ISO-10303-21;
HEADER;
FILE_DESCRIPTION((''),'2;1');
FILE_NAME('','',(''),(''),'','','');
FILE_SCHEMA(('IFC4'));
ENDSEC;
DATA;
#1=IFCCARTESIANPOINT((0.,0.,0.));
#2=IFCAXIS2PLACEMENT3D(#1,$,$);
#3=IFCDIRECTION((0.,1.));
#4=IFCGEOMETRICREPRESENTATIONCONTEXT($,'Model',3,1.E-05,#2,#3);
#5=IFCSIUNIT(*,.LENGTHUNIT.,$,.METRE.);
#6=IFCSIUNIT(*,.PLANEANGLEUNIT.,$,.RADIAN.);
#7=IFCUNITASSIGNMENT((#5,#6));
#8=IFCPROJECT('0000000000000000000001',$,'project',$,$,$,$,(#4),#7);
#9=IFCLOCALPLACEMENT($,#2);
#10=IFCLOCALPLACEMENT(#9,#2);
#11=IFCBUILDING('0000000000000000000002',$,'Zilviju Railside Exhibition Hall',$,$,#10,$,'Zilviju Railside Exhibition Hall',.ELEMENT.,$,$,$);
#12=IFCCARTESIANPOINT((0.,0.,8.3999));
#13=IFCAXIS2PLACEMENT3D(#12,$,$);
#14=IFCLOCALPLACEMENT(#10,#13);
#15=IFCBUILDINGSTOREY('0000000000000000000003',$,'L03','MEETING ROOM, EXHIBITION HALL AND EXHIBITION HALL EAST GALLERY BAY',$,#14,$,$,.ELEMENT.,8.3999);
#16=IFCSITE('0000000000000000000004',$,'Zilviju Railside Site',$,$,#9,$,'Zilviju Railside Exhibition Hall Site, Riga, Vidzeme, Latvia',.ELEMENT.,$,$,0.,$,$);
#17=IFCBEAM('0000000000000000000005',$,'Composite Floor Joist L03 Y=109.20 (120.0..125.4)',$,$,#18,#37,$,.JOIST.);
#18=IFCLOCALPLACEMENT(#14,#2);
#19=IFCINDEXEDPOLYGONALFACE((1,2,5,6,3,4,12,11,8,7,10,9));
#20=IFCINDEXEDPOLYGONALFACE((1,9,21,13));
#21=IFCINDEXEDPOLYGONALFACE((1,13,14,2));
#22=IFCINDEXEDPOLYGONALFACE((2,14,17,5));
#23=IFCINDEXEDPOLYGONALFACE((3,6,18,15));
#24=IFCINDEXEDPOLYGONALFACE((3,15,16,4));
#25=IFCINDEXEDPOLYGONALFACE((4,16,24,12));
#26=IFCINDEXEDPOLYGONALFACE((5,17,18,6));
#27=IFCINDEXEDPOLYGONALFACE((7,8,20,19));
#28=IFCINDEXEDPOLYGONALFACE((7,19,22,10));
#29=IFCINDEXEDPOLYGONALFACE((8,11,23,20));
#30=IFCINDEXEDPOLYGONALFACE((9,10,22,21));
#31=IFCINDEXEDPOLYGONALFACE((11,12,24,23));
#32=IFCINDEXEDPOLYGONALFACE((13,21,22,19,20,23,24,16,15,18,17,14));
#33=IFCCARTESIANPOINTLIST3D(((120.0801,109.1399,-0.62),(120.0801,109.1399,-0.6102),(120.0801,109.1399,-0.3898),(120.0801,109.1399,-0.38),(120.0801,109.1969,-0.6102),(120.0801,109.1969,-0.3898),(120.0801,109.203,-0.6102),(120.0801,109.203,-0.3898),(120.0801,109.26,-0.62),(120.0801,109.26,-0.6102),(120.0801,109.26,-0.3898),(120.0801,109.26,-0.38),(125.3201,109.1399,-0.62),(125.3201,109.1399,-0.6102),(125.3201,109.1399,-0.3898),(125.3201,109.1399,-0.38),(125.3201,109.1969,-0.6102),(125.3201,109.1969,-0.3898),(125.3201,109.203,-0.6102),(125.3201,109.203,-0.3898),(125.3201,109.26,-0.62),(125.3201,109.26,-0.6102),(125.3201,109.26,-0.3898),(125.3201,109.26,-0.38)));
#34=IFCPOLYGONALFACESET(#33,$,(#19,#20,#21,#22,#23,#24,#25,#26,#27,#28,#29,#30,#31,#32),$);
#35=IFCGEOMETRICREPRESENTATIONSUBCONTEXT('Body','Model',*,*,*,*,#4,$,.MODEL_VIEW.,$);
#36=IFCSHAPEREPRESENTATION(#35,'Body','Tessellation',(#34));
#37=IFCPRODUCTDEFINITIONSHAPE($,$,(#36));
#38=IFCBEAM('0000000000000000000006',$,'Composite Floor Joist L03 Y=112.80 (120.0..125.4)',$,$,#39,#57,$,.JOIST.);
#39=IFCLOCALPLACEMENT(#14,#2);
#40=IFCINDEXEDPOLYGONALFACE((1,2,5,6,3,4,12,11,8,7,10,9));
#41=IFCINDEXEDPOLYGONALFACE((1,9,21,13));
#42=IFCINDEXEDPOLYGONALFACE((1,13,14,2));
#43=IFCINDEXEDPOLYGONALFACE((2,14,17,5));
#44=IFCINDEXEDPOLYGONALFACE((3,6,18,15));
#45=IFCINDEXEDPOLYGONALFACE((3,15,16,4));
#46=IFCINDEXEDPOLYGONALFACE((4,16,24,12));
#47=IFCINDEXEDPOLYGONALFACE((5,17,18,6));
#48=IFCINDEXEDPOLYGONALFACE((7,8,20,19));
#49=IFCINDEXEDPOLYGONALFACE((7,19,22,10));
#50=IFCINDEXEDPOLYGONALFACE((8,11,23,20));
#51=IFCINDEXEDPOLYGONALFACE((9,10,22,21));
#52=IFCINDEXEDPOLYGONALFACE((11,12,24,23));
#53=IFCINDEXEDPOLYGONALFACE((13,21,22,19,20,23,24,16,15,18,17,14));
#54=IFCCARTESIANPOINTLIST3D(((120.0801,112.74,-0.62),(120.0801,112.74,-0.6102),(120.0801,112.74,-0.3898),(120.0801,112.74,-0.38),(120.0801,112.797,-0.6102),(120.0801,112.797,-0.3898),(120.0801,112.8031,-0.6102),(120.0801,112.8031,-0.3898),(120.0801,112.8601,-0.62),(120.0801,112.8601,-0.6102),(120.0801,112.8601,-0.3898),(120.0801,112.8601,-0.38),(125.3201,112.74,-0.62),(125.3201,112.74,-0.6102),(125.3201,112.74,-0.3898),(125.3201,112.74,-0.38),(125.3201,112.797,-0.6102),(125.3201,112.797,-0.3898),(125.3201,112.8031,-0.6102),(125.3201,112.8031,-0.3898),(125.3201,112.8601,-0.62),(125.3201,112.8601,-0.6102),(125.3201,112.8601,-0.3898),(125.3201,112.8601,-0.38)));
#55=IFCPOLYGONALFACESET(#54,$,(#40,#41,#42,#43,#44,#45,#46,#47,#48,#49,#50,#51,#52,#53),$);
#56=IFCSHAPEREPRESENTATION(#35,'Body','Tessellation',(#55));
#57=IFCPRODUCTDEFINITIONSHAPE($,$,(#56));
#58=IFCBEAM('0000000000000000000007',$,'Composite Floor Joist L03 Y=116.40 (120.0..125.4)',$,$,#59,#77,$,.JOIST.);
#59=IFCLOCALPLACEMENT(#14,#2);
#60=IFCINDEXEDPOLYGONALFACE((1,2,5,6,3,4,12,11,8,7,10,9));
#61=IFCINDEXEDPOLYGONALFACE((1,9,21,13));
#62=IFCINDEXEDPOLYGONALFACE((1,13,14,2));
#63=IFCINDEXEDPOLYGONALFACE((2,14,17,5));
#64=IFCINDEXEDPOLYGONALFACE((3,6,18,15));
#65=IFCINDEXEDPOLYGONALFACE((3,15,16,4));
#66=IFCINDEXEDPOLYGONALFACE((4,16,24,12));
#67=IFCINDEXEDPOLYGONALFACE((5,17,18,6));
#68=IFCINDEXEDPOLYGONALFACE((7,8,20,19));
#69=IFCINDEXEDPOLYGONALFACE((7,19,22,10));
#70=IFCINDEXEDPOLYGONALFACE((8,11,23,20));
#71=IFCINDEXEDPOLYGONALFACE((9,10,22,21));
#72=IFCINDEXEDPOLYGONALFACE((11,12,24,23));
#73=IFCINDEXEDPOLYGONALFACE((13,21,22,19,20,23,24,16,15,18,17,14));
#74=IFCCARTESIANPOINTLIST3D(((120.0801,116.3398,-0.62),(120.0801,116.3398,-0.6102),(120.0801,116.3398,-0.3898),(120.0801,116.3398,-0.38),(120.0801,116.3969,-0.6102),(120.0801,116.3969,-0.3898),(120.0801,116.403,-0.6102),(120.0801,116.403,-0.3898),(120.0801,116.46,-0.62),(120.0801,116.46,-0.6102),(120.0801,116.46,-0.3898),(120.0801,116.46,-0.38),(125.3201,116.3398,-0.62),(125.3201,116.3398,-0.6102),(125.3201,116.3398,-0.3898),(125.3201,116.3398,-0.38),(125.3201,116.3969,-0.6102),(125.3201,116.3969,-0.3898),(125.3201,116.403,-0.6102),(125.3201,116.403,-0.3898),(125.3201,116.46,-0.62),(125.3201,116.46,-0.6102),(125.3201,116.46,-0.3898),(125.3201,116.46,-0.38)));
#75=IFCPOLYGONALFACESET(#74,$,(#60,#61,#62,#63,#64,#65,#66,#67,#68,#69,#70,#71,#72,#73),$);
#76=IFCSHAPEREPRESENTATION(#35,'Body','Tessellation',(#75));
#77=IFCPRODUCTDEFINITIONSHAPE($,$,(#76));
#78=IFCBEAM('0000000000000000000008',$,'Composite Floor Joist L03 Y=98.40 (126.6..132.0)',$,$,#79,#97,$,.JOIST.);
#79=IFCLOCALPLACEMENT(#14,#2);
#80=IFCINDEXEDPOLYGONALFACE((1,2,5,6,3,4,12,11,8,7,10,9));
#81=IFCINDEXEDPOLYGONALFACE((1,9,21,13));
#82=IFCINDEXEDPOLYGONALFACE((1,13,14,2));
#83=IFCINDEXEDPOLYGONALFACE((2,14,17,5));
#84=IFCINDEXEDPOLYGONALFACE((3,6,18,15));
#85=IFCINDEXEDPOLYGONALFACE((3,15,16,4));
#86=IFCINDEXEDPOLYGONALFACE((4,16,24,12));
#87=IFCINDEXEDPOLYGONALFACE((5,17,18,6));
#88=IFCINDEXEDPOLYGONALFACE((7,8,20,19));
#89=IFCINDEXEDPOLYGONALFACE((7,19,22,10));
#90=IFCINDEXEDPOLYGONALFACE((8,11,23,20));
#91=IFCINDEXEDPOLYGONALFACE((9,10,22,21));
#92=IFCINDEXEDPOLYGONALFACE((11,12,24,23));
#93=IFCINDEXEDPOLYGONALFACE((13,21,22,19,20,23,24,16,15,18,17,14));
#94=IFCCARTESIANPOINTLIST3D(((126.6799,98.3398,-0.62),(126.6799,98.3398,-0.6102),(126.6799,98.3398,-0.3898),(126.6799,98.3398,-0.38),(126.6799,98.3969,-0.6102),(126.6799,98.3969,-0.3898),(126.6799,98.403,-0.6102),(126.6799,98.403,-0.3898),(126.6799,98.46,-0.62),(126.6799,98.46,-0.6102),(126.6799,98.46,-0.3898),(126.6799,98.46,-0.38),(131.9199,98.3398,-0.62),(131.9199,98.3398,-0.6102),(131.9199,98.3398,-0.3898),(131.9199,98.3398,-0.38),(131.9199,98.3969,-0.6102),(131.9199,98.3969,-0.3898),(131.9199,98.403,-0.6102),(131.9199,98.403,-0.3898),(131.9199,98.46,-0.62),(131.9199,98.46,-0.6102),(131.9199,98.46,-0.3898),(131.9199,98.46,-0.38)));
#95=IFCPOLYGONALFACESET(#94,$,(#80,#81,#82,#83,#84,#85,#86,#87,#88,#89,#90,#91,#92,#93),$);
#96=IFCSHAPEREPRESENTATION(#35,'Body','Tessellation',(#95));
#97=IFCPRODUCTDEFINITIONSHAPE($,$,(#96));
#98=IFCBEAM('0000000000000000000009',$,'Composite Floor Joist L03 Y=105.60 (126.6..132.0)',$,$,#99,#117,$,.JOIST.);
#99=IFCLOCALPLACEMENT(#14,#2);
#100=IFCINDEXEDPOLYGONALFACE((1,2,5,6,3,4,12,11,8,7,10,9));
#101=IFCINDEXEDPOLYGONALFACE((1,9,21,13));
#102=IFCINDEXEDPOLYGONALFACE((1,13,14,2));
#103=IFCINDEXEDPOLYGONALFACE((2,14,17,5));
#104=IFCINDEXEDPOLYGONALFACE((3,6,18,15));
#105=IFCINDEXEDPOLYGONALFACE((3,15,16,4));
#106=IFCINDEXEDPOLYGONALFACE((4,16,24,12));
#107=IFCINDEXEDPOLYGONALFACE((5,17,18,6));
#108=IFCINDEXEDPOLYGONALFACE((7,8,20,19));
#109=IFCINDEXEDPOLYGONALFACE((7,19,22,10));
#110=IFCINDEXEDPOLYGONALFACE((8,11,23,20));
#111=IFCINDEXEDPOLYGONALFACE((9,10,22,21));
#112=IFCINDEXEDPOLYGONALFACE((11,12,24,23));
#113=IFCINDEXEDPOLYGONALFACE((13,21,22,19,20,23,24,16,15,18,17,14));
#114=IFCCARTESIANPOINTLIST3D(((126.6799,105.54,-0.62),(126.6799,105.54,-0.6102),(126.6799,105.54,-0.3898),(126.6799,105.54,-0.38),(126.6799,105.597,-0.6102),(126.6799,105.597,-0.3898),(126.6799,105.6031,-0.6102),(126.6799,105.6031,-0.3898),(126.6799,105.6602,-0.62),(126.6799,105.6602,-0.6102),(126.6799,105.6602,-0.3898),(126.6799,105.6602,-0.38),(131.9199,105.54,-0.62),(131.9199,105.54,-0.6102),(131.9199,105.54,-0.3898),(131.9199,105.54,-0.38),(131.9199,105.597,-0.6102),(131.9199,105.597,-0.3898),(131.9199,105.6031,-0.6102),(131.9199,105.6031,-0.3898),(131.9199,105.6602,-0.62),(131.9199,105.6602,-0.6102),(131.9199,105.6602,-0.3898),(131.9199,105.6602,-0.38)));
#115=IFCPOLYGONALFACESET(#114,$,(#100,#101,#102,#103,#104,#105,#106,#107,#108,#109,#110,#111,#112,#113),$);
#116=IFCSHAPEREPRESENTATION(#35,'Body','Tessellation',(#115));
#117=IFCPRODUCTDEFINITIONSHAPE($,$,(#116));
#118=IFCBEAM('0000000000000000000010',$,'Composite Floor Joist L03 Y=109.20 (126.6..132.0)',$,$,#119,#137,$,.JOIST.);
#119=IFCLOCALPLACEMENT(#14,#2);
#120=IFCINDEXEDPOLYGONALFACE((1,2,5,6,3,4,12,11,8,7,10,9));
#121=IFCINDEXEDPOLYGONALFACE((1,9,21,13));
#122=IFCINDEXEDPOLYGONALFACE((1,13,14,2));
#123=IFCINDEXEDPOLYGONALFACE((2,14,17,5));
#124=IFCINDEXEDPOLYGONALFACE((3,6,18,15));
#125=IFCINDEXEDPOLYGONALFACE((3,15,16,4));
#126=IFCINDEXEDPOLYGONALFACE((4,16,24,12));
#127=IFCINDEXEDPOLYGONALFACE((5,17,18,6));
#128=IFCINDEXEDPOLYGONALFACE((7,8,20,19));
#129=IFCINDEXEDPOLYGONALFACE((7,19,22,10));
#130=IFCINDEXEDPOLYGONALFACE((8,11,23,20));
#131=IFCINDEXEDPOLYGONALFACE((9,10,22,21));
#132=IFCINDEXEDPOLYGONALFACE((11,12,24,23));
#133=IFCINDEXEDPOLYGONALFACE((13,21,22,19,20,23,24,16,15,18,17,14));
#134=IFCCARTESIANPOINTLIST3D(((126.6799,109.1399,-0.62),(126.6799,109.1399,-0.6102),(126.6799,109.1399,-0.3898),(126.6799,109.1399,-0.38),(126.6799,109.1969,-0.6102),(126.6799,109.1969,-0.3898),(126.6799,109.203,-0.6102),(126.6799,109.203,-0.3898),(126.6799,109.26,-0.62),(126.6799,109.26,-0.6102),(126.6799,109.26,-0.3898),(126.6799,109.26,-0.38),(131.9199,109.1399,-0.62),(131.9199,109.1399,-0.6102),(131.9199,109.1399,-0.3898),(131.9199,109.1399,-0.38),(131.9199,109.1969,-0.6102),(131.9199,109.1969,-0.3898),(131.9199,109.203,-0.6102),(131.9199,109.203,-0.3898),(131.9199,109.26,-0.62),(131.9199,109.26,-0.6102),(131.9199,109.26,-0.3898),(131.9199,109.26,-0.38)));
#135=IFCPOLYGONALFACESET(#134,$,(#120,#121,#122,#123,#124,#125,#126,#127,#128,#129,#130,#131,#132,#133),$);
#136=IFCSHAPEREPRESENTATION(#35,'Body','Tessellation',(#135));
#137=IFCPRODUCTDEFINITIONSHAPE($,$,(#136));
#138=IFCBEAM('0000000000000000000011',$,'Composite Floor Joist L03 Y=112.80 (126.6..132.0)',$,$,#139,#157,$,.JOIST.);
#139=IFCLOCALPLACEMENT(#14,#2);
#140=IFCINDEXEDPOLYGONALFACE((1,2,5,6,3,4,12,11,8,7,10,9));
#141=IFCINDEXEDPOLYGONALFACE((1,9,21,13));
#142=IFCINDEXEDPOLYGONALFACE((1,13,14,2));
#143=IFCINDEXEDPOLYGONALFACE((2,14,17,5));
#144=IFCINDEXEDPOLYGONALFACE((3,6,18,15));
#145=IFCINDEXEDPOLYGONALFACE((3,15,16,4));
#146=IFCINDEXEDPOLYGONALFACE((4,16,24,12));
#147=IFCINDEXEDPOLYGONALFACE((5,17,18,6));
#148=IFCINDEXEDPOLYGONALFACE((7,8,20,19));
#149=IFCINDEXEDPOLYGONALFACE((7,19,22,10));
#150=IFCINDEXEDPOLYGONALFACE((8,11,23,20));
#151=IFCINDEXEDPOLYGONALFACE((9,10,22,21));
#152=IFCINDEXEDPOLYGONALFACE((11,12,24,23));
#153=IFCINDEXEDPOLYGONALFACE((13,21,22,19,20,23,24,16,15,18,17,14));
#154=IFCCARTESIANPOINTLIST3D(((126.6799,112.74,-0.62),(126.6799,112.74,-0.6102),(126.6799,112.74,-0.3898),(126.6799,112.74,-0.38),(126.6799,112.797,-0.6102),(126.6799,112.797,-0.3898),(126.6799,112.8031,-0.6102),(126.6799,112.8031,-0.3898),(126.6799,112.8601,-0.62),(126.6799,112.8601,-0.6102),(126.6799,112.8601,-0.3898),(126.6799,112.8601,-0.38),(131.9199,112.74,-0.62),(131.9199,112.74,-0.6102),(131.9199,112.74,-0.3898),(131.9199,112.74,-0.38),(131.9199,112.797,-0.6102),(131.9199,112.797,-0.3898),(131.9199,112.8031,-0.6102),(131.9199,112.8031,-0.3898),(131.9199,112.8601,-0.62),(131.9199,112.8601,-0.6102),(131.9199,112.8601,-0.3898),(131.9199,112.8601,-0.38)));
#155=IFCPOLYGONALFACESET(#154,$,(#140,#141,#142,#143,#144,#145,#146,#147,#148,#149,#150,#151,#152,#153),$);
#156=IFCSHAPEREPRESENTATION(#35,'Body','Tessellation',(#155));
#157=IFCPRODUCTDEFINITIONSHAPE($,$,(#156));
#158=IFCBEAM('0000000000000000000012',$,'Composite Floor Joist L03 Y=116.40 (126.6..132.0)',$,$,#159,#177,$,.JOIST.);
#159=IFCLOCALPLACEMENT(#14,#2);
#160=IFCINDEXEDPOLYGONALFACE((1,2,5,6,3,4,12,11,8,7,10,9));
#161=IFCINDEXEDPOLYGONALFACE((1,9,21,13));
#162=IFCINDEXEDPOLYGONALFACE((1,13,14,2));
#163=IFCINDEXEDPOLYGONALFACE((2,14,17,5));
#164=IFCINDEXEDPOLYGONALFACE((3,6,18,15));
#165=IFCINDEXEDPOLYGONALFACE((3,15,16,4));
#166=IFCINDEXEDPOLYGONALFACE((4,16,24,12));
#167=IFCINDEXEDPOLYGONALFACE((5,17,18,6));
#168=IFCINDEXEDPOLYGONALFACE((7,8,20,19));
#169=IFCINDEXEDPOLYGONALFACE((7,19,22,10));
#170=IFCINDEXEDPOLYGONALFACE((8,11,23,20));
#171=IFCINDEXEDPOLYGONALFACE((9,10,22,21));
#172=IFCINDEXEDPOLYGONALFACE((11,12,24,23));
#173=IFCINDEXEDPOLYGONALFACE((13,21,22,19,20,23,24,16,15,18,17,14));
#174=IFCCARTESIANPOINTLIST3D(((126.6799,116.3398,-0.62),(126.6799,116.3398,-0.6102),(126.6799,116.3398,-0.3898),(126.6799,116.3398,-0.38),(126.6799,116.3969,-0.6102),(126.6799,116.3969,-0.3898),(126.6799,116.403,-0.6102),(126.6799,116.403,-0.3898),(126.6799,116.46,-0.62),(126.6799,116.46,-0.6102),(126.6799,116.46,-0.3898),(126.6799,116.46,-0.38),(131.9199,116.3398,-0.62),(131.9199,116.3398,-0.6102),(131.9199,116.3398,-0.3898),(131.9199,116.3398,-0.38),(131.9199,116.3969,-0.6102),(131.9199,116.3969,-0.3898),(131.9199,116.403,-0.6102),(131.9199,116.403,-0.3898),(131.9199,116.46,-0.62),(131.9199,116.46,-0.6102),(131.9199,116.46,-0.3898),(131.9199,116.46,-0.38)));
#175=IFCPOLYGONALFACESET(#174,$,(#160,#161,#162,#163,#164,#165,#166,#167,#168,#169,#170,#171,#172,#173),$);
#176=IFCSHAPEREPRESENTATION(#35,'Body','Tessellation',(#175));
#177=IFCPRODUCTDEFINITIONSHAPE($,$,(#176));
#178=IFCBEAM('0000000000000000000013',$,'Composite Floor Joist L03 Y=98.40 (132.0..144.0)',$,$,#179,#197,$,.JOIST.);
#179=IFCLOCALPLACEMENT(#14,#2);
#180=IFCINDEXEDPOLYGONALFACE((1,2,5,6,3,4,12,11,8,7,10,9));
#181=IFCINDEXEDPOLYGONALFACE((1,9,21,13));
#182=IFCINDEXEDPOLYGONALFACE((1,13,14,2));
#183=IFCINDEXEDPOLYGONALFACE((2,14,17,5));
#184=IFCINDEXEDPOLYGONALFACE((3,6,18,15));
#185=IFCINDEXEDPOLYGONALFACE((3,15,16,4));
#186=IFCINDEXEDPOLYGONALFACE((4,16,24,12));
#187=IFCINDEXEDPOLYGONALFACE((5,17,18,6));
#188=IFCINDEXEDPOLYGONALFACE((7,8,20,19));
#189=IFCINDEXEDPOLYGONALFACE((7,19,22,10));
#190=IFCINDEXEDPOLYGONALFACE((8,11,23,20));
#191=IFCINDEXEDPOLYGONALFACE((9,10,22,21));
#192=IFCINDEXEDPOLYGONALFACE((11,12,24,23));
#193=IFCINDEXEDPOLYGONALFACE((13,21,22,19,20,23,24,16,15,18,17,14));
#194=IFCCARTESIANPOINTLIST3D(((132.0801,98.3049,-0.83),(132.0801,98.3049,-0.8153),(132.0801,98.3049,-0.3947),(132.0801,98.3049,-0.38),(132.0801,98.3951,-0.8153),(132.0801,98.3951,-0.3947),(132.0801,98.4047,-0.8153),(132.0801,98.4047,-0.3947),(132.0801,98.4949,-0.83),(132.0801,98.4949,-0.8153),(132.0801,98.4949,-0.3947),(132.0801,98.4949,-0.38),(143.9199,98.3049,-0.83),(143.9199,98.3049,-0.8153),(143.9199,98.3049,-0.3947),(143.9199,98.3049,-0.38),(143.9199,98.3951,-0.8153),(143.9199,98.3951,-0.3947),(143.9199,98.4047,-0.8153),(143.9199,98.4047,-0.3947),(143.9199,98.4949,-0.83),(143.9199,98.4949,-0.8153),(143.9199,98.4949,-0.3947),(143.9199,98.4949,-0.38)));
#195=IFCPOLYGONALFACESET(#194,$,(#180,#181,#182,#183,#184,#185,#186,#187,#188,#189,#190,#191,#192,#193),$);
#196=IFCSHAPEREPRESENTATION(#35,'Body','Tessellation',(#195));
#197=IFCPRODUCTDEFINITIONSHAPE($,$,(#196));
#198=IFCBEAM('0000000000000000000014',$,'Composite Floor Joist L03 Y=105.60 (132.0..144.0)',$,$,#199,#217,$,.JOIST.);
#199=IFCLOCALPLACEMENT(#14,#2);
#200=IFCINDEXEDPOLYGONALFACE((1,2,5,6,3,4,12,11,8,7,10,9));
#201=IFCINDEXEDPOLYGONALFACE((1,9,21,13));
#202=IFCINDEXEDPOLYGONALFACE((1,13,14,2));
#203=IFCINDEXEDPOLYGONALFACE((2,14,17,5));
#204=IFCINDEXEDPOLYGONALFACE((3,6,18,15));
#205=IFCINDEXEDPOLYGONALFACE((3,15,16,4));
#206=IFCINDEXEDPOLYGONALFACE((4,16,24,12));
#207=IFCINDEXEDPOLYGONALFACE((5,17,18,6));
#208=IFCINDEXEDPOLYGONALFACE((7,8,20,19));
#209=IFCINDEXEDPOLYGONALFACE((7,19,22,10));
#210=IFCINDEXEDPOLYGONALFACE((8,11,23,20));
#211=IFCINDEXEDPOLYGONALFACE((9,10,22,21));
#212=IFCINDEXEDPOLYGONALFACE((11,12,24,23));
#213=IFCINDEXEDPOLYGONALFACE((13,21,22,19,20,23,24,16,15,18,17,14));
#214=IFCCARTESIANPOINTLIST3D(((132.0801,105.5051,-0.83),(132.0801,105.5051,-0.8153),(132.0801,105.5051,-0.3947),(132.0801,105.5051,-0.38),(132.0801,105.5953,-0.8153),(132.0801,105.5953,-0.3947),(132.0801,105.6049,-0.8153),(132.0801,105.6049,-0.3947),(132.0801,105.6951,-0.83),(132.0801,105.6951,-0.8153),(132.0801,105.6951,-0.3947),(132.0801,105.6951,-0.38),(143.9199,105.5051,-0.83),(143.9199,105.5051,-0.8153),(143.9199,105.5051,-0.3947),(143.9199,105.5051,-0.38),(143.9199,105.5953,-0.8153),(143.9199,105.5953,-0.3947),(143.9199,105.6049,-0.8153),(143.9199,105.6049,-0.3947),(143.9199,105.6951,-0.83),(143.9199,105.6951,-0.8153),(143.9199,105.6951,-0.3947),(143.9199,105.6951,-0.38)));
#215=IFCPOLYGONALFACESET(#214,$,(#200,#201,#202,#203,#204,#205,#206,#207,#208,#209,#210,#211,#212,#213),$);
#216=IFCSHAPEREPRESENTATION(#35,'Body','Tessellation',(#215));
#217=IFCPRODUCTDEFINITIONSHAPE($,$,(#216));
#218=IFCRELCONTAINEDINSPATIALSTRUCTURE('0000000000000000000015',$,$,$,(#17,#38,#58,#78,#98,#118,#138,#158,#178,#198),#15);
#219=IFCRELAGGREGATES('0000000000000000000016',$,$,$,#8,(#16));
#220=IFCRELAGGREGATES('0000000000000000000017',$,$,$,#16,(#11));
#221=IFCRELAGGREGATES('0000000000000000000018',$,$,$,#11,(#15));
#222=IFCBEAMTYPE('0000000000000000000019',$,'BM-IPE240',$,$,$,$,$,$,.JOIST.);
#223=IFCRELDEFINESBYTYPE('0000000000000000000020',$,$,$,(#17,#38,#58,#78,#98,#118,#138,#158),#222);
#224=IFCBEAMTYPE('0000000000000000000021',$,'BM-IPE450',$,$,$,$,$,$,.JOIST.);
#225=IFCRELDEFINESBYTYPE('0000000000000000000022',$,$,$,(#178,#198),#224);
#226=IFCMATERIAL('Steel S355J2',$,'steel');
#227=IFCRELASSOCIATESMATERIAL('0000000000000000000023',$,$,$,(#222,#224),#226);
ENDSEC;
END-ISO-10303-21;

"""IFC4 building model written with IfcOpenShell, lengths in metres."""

from ifc_helpers import new_model, si_unit, direction, frame, origin, origin_2d, place, context, subcontext, project, spatial, i_section, extrude, material, material_profile, profile_set, type_object, element, save


model = new_model("IFC4")

# Units and contexts
model_context = context("Model", 3, precision=1e-05, world=origin(), true_north=direction((0.0, 1.0)))
body_context = subcontext(model_context, "Body", "Model", "MODEL_VIEW")
ifc_project = project(units=[si_unit("LENGTHUNIT", "METRE"), si_unit("PLANEANGLEUNIT", "RADIAN")], contexts=[model_context])

# Site, building, storey
site_placement = place(None, origin())
site = spatial("IfcSite", under=ifc_project, at=site_placement, Name="Zilviju Railside Site", LongName="Zilviju Railside Exhibition Hall Site, Riga, Vidzeme, Latvia", CompositionType="ELEMENT", RefElevation=0.0)
building_placement = place(site_placement, origin())
building = spatial("IfcBuilding", under=site, at=building_placement, Name="Zilviju Railside Exhibition Hall", LongName="Zilviju Railside Exhibition Hall", CompositionType="ELEMENT")
storey_placement = place(building_placement, frame((0.0, 0.0, 8.3999)))
storey = spatial("IfcBuildingStorey", under=building, at=storey_placement, Name="L03", Description="MEETING ROOM, EXHIBITION HALL AND EXHIBITION HALL EAST GALLERY BAY", CompositionType="ELEMENT", Elevation=8.3999)

# Beams
ifc_material = material(Name="Steel S355J2", Category="steel")
ifc_material_profile_1 = material_profile(ifc_material, i_section(OverallWidth=0.1201, OverallDepth=0.24, WebThickness=0.0061, FlangeThickness=0.0098, at=origin_2d()), Name="IPE 240")
ifc_profile_set_1 = profile_set([ifc_material_profile_1], Name="Steel S355J2")
beam_type_1 = type_object("IfcBeamType", Name="BM-IPE240", PredefinedType="JOIST", material=ifc_profile_set_1)
for number, where, z_axis, x_axis, name in (
    (1, (120.0801, 109.2, -0.5), (1.0, 0.0, 0.0), (0.0, 1.0, 0.0), "Composite Floor Joist L03 Y=109.20 (120.0..125.4)"),
    (2, (120.0801, 112.8, -0.5), (1.0, 0.0, 0.0), (0.0, 1.0, 0.0), "Composite Floor Joist L03 Y=112.80 (120.0..125.4)"),
    (3, (120.0801, 116.3999, -0.5), (1.0, 0.0, 0.0), (0.0, 1.0, 0.0), "Composite Floor Joist L03 Y=116.40 (120.0..125.4)"),
    (4, (126.6799, 98.3999, -0.5), (1.0, 0.0, 0.0), (0.0, 1.0, 0.0), "Composite Floor Joist L03 Y=98.40 (126.6..132.0)"),
    (5, (126.6799, 105.6001, -0.5), (1.0, 0.0, 0.0), (0.0, 1.0, 0.0), "Composite Floor Joist L03 Y=105.60 (126.6..132.0)"),
    (6, (126.6799, 109.2, -0.5), (1.0, 0.0, 0.0), (0.0, 1.0, 0.0), "Composite Floor Joist L03 Y=109.20 (126.6..132.0)"),
    (7, (126.6799, 112.8, -0.5), (1.0, 0.0, 0.0), (0.0, 1.0, 0.0), "Composite Floor Joist L03 Y=112.80 (126.6..132.0)"),
    (8, (126.6799, 116.3999, -0.5), (1.0, 0.0, 0.0), (0.0, 1.0, 0.0), "Composite Floor Joist L03 Y=116.40 (126.6..132.0)"),
):
    element("IfcBeam", number, at=place(storey_placement, frame(where, z_axis=z_axis, x_axis=x_axis)), inside=storey, type_object=beam_type_1, Name=name, PredefinedType="JOIST", context=body_context, shape_type="SweptSolid", body=[
        extrude(i_section(OverallWidth=0.1201, OverallDepth=0.24, WebThickness=0.0061, FlangeThickness=0.0098, at=origin_2d()), origin(), (0.0, 0.0, 1.0), 5.24),
    ])
ifc_material_profile_2 = material_profile(ifc_material, i_section(OverallWidth=0.1899, OverallDepth=0.45, WebThickness=0.0095, FlangeThickness=0.0146, at=origin_2d()), Name="IPE 450")
ifc_profile_set_2 = profile_set([ifc_material_profile_2], Name="Steel S355J2")
beam_type_2 = type_object("IfcBeamType", Name="BM-IPE450", PredefinedType="JOIST", material=ifc_profile_set_2)
for number, where, z_axis, x_axis, name in (
    (9, (132.0801, 98.3999, -0.605), (1.0, 0.0, 0.0), (0.0, 1.0, 0.0), "Composite Floor Joist L03 Y=98.40 (132.0..144.0)"),
    (10, (132.0801, 105.6001, -0.605), (1.0, 0.0, 0.0), (0.0, 1.0, 0.0), "Composite Floor Joist L03 Y=105.60 (132.0..144.0)"),
):
    element("IfcBeam", number, at=place(storey_placement, frame(where, z_axis=z_axis, x_axis=x_axis)), inside=storey, type_object=beam_type_2, Name=name, PredefinedType="JOIST", context=body_context, shape_type="SweptSolid", body=[
        extrude(i_section(OverallWidth=0.1899, OverallDepth=0.45, WebThickness=0.0095, FlangeThickness=0.0146, at=origin_2d()), origin(), (0.0, 0.0, 1.0), 11.8398),
    ])

save(model, "model.ifc")
